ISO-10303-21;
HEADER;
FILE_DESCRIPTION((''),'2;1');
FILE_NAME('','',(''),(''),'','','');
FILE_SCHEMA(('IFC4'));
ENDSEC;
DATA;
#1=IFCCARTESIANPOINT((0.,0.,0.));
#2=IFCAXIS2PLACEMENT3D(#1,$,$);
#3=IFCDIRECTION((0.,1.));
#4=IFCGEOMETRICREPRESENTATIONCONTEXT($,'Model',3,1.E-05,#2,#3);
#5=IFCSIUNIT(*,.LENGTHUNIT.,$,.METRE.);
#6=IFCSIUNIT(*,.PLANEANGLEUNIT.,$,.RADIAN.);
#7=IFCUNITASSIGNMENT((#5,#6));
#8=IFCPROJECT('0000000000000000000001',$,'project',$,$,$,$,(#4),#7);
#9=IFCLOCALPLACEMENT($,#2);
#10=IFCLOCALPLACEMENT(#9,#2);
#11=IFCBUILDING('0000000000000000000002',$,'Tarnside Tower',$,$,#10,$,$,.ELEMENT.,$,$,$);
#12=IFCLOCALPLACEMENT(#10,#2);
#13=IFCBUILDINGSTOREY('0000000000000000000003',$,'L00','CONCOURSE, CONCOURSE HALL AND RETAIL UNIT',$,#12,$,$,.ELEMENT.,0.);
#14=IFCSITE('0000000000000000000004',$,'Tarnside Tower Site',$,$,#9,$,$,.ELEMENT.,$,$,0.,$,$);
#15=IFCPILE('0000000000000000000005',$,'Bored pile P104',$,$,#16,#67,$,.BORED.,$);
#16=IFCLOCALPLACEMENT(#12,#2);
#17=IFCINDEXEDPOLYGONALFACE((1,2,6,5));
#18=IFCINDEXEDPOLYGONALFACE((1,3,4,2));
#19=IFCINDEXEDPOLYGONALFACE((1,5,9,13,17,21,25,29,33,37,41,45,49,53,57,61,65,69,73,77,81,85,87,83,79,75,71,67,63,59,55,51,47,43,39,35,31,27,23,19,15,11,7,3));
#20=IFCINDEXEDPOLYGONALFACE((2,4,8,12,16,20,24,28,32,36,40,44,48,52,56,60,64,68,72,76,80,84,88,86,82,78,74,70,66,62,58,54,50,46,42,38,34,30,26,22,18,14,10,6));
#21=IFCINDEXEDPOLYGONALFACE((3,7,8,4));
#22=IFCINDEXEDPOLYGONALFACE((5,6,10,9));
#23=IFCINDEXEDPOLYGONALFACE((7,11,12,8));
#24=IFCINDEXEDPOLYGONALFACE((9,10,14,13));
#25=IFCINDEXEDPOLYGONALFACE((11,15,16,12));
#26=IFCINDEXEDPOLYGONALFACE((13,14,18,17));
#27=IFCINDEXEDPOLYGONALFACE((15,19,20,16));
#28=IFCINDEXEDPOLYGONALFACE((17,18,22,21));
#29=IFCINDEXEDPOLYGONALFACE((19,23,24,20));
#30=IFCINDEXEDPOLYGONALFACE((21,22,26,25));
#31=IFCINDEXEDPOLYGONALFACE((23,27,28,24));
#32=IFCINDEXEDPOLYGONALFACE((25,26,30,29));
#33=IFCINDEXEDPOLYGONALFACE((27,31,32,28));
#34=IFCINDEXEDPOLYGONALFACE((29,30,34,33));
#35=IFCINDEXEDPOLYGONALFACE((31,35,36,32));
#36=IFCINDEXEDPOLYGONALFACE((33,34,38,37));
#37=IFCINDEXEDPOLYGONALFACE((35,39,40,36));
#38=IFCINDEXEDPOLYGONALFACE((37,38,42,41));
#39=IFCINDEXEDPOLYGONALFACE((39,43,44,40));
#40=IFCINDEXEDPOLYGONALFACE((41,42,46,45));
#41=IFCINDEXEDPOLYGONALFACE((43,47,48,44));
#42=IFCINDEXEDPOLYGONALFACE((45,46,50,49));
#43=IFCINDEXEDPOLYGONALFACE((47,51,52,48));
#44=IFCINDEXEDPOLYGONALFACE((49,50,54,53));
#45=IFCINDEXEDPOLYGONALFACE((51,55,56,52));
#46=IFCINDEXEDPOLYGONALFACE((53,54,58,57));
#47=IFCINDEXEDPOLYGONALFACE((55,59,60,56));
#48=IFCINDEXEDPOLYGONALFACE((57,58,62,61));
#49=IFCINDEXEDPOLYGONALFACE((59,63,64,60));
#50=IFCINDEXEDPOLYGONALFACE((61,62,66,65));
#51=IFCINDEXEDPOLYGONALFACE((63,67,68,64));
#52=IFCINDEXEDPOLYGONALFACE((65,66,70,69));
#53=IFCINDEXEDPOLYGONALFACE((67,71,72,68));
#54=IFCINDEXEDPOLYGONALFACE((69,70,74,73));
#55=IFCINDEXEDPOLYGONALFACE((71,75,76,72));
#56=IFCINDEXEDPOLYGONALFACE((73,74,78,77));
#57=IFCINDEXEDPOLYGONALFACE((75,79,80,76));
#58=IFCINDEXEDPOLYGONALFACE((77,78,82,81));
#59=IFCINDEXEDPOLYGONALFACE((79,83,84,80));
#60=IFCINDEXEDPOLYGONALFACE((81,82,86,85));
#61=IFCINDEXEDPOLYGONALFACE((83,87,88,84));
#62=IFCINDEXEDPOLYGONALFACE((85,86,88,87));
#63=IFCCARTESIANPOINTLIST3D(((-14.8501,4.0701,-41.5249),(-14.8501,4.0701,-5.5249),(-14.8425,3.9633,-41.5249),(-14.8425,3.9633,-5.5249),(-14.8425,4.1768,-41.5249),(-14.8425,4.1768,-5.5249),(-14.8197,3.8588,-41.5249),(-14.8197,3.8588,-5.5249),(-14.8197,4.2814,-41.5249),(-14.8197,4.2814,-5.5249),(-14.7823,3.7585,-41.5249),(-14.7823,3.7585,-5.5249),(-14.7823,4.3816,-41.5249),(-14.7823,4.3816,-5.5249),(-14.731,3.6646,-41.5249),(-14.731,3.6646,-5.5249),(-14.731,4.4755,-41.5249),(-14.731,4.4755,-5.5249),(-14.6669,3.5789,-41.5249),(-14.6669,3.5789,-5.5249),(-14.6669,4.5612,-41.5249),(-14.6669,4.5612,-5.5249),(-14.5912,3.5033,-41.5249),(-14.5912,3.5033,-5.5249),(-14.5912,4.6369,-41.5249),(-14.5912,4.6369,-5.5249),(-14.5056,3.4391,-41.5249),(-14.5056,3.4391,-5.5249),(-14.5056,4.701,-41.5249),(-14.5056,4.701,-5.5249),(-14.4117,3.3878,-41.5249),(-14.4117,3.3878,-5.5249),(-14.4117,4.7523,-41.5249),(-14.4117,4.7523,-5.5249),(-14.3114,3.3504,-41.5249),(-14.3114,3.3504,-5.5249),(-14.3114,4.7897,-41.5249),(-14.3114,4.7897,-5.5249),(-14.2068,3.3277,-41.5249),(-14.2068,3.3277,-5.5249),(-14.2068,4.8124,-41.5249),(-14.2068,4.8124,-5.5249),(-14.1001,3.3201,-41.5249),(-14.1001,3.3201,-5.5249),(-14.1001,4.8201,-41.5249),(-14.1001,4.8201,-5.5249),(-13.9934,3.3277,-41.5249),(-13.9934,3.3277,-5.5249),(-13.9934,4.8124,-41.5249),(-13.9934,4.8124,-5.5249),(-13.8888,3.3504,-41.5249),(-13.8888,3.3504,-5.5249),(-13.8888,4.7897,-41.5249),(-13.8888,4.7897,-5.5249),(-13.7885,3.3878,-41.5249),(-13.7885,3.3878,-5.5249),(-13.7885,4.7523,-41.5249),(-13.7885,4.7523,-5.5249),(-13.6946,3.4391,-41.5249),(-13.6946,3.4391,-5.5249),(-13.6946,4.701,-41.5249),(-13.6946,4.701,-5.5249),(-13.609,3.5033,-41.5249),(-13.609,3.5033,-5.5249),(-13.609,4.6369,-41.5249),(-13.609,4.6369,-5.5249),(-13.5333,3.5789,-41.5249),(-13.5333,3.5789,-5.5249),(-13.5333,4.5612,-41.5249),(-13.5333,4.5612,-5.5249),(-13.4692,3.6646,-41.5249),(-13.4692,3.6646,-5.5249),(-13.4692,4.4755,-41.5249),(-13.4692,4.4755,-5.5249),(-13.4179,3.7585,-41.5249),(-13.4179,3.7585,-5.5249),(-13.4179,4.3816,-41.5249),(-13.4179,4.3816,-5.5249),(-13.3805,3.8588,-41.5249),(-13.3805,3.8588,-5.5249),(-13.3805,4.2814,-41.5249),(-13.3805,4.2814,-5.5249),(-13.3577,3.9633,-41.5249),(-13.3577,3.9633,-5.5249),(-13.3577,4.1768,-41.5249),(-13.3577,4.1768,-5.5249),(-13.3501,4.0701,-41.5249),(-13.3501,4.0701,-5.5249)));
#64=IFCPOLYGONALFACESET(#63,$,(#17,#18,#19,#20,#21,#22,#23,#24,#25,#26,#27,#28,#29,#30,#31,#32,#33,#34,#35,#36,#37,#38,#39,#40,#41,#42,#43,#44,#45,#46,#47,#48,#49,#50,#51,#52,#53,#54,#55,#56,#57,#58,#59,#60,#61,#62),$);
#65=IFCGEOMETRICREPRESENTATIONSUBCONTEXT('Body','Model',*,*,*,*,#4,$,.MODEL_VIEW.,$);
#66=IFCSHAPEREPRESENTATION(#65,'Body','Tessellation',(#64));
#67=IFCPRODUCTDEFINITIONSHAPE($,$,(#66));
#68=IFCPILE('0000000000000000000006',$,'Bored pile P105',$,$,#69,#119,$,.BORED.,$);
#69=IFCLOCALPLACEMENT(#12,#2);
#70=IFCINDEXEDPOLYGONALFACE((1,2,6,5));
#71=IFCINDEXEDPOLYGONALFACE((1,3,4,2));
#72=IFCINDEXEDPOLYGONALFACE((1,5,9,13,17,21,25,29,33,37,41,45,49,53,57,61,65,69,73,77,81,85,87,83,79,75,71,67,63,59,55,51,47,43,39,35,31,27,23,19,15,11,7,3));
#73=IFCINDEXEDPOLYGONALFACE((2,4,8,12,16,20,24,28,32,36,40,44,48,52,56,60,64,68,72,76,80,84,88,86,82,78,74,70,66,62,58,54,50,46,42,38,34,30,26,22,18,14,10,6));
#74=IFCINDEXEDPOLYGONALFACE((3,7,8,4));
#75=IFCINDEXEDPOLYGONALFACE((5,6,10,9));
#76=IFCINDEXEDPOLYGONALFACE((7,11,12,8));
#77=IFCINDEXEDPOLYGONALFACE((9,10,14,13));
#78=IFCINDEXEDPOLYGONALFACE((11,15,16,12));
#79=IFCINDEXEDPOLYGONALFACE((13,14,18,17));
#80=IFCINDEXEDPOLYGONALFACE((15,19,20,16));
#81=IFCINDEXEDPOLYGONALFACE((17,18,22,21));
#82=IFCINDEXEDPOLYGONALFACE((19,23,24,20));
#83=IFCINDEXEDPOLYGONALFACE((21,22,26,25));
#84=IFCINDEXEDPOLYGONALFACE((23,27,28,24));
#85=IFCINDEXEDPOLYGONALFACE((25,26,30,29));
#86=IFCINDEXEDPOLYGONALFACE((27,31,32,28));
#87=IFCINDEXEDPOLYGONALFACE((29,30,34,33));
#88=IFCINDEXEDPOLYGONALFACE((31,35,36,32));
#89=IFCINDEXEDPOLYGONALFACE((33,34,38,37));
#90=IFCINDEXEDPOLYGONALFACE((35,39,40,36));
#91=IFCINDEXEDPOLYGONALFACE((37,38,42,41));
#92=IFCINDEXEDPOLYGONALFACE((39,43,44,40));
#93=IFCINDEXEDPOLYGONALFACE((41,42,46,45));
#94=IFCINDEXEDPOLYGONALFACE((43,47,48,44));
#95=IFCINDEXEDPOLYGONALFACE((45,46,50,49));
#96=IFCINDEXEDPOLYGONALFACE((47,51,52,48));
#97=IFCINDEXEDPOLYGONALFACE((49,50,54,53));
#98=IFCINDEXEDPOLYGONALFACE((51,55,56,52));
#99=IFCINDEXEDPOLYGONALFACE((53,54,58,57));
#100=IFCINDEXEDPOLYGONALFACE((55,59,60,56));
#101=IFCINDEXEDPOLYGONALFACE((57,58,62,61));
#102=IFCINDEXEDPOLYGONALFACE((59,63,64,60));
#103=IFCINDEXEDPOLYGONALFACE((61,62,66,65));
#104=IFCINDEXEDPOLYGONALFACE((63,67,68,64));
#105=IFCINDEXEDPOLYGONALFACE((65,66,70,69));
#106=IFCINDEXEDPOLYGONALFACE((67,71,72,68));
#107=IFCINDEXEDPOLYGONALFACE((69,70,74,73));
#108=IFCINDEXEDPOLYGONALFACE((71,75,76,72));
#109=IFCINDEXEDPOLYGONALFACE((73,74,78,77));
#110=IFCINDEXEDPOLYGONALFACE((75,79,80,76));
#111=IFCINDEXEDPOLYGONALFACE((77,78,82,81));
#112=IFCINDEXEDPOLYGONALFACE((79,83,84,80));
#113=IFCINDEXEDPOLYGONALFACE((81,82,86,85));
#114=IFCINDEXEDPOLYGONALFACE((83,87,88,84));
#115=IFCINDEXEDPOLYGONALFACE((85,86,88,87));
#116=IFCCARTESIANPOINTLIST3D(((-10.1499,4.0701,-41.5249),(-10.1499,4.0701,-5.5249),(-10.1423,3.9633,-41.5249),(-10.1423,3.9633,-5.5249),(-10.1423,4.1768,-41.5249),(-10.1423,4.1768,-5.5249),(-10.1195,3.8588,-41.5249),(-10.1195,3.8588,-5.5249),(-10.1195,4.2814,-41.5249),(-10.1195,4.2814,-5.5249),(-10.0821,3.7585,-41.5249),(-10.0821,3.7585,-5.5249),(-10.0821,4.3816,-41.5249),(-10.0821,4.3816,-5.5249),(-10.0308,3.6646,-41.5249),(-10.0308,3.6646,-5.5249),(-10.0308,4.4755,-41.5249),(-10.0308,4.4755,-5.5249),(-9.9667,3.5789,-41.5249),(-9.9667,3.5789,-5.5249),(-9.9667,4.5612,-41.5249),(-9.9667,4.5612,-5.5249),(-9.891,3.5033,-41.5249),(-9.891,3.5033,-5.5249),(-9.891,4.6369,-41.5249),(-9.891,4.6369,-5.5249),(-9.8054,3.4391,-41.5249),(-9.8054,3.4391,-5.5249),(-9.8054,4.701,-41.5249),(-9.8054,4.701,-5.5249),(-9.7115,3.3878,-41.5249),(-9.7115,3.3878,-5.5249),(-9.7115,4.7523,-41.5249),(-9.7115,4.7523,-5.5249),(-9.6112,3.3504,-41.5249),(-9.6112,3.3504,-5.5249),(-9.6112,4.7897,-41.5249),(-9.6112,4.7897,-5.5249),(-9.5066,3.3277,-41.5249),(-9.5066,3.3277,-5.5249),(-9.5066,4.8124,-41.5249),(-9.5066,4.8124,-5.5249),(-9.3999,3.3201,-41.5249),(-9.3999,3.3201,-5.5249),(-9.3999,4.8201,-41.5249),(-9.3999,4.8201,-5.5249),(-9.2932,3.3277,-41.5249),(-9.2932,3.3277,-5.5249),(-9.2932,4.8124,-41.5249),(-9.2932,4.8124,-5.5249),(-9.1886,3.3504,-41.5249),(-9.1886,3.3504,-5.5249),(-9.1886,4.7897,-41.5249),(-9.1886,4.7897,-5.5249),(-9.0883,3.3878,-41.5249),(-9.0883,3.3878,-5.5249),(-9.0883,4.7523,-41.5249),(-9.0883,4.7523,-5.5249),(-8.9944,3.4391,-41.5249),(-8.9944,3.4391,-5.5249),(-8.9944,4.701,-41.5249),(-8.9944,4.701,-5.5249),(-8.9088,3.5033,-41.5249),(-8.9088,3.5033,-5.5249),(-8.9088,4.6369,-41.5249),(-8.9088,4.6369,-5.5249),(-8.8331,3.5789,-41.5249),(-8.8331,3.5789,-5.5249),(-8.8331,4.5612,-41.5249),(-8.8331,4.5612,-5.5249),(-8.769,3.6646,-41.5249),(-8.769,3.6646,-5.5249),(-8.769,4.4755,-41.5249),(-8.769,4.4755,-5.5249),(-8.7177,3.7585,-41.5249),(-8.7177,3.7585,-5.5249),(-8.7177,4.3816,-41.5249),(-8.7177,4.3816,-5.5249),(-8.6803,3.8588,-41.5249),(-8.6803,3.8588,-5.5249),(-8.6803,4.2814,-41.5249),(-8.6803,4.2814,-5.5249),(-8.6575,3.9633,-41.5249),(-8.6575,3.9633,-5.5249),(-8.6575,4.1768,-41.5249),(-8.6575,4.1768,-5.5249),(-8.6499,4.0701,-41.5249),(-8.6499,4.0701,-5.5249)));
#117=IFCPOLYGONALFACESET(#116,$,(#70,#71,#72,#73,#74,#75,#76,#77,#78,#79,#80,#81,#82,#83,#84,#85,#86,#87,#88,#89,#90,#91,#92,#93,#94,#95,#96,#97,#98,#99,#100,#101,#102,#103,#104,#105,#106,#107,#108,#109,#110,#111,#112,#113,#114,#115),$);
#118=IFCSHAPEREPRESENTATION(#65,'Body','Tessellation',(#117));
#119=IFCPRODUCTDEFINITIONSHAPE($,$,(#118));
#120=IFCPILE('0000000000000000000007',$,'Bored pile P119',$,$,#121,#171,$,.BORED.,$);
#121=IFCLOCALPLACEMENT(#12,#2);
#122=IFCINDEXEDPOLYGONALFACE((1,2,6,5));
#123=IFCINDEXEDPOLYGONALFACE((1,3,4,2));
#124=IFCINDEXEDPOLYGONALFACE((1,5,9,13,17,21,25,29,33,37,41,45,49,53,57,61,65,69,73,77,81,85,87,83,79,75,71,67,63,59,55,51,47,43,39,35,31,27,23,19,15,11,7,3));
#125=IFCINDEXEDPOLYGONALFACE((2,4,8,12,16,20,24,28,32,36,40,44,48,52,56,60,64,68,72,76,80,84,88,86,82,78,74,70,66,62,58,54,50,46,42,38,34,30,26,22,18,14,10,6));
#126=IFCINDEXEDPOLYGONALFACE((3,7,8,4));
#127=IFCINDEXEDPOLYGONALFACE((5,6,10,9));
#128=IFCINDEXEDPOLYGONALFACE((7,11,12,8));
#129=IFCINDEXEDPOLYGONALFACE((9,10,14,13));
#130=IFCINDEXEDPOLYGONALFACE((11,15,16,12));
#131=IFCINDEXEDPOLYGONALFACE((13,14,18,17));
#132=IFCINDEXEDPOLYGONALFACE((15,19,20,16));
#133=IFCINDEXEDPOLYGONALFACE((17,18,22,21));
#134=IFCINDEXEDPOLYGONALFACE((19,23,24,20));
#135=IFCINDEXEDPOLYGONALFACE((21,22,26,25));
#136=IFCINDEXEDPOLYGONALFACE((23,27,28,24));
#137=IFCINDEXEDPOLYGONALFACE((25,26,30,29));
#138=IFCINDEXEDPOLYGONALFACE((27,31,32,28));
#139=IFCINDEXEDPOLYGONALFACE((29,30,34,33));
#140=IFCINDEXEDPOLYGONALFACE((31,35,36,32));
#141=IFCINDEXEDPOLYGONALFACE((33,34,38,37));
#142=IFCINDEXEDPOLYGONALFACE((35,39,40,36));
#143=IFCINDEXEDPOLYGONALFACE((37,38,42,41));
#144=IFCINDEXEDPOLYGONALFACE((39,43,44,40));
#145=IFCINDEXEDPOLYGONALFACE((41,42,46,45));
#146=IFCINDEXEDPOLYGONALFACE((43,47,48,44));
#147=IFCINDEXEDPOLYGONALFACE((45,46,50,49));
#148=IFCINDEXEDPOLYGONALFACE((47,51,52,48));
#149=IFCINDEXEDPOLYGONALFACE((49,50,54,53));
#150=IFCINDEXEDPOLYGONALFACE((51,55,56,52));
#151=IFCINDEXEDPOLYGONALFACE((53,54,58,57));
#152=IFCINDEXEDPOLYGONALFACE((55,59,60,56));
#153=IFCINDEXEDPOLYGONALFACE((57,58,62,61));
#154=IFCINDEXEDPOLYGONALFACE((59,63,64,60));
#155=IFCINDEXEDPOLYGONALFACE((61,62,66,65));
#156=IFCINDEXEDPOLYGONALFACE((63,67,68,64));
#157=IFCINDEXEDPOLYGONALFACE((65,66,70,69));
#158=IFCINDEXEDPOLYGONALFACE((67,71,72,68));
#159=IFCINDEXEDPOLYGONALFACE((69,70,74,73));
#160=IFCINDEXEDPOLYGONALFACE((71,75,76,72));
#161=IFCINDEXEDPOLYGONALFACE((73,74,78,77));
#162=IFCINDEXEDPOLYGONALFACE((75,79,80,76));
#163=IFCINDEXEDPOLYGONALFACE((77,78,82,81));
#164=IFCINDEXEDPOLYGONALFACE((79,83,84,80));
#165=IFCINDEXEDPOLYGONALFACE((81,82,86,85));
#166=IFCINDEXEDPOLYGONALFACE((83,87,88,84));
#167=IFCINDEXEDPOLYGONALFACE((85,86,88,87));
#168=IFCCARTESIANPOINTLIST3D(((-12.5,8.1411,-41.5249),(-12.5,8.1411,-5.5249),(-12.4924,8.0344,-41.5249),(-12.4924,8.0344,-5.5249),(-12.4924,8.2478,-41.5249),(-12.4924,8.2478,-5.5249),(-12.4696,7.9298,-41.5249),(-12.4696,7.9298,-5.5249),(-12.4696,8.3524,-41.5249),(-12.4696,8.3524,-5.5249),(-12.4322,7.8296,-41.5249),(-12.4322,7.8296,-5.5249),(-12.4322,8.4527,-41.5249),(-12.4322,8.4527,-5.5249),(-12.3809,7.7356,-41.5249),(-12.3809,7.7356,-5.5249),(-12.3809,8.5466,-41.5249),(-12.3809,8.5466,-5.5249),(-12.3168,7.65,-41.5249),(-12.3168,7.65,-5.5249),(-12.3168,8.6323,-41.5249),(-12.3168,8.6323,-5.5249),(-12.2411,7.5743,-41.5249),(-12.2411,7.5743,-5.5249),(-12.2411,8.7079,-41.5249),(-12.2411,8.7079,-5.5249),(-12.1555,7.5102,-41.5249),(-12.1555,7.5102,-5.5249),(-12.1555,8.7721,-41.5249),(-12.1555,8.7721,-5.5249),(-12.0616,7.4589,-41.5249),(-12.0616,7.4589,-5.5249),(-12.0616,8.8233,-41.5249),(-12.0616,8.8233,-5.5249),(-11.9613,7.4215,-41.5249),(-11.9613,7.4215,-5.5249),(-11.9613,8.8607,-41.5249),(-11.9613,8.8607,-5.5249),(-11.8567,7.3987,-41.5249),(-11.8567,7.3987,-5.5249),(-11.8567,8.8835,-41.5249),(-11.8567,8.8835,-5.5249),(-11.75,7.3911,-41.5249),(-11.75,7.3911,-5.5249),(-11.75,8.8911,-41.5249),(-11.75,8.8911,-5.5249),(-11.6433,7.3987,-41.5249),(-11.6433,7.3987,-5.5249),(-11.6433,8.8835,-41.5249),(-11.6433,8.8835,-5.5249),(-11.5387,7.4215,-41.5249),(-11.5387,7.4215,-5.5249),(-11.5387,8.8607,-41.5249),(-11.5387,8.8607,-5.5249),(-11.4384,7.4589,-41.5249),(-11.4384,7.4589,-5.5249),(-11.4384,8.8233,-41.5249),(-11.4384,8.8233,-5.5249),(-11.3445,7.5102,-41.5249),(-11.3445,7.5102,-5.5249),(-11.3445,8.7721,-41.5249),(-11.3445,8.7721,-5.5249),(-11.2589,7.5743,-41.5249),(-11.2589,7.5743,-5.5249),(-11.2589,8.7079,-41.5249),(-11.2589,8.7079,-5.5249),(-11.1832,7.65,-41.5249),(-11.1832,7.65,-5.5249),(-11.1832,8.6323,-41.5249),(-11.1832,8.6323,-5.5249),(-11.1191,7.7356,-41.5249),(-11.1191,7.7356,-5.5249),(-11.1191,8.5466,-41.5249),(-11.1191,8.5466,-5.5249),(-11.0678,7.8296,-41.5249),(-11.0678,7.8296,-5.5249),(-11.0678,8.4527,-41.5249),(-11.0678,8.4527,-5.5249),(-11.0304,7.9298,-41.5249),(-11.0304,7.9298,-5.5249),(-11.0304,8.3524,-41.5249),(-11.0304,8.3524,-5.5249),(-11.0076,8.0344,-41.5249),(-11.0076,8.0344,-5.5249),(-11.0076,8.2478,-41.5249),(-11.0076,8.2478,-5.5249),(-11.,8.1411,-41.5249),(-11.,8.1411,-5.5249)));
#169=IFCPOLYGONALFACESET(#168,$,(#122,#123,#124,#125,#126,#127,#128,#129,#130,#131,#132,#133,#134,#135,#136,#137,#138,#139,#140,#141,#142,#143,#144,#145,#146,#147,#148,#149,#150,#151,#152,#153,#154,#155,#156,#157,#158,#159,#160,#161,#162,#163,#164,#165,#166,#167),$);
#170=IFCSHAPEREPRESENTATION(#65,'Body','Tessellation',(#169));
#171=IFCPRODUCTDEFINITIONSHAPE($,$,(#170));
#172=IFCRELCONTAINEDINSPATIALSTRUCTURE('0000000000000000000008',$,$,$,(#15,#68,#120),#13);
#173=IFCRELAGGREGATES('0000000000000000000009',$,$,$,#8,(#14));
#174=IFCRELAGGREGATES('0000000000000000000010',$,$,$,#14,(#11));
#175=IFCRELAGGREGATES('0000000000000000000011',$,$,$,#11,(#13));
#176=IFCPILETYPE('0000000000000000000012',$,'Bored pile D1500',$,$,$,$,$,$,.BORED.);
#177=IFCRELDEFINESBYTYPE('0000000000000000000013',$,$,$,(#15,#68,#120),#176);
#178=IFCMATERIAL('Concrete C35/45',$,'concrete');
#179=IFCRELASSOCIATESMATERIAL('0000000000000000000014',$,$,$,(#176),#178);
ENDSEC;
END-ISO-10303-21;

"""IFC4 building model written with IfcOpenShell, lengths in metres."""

from ifc_helpers import new_model, si_unit, direction, frame, origin, origin_2d, place, context, subcontext, project, spatial, circle, extrude, material, material_profile, profile_set, type_object, element, save


model = new_model("IFC4")

# Units and contexts
model_context = context("Model", 3, precision=1e-05, world=origin(), true_north=direction((0.0, 1.0)))
body_context = subcontext(model_context, "Body", "Model", "MODEL_VIEW")
ifc_project = project(units=[si_unit("LENGTHUNIT", "METRE"), si_unit("PLANEANGLEUNIT", "RADIAN")], contexts=[model_context])

# Site, building, storey
site_placement = place(None, origin())
site = spatial("IfcSite", under=ifc_project, at=site_placement, Name="Tarnside Tower Site", CompositionType="ELEMENT", RefElevation=0.0)
building_placement = place(site_placement, origin())
building = spatial("IfcBuilding", under=site, at=building_placement, Name="Tarnside Tower", CompositionType="ELEMENT")
storey_placement = place(building_placement, origin())
storey = spatial("IfcBuildingStorey", under=building, at=storey_placement, Name="L00", Description="CONCOURSE, CONCOURSE HALL AND RETAIL UNIT", CompositionType="ELEMENT", Elevation=0.0)

# Piles
ifc_material_1 = material(Name="Concrete C35/45", Category="concrete")
ifc_material_profile_1 = material_profile(ifc_material_1, circle(Radius=0.75, at=origin_2d()), Name="Bored pile D1500")
ifc_profile_set_1 = profile_set([ifc_material_profile_1], Name="Concrete C35/45")
pile_type = type_object("IfcPileType", Name="Bored pile D1500", PredefinedType="BORED", material=ifc_profile_set_1)
for number, where, z_axis, x_axis, name in (
    (1, (-14.1001, 4.0701, -5.5249), (0.0, 0.0, -1.0), (1.0, 0.0, 0.0), "Bored pile P104"),
    (2, (-9.3999, 4.0701, -5.5249), (0.0, 0.0, -1.0), (1.0, 0.0, 0.0), "Bored pile P105"),
    (3, (-11.75, 8.1411, -5.5249), (0.0, 0.0, -1.0), (1.0, 0.0, 0.0), "Bored pile P119"),
):
    element("IfcPile", number, at=place(storey_placement, frame(where, z_axis=z_axis, x_axis=x_axis)), inside=storey, type_object=pile_type, Name=name, PredefinedType="BORED", context=body_context, shape_type="SweptSolid", body=[
        extrude(circle(Radius=0.75, at=origin_2d()), origin(), (0.0, 0.0, 1.0), 36.0),
    ])

save(model, "model.ifc")
